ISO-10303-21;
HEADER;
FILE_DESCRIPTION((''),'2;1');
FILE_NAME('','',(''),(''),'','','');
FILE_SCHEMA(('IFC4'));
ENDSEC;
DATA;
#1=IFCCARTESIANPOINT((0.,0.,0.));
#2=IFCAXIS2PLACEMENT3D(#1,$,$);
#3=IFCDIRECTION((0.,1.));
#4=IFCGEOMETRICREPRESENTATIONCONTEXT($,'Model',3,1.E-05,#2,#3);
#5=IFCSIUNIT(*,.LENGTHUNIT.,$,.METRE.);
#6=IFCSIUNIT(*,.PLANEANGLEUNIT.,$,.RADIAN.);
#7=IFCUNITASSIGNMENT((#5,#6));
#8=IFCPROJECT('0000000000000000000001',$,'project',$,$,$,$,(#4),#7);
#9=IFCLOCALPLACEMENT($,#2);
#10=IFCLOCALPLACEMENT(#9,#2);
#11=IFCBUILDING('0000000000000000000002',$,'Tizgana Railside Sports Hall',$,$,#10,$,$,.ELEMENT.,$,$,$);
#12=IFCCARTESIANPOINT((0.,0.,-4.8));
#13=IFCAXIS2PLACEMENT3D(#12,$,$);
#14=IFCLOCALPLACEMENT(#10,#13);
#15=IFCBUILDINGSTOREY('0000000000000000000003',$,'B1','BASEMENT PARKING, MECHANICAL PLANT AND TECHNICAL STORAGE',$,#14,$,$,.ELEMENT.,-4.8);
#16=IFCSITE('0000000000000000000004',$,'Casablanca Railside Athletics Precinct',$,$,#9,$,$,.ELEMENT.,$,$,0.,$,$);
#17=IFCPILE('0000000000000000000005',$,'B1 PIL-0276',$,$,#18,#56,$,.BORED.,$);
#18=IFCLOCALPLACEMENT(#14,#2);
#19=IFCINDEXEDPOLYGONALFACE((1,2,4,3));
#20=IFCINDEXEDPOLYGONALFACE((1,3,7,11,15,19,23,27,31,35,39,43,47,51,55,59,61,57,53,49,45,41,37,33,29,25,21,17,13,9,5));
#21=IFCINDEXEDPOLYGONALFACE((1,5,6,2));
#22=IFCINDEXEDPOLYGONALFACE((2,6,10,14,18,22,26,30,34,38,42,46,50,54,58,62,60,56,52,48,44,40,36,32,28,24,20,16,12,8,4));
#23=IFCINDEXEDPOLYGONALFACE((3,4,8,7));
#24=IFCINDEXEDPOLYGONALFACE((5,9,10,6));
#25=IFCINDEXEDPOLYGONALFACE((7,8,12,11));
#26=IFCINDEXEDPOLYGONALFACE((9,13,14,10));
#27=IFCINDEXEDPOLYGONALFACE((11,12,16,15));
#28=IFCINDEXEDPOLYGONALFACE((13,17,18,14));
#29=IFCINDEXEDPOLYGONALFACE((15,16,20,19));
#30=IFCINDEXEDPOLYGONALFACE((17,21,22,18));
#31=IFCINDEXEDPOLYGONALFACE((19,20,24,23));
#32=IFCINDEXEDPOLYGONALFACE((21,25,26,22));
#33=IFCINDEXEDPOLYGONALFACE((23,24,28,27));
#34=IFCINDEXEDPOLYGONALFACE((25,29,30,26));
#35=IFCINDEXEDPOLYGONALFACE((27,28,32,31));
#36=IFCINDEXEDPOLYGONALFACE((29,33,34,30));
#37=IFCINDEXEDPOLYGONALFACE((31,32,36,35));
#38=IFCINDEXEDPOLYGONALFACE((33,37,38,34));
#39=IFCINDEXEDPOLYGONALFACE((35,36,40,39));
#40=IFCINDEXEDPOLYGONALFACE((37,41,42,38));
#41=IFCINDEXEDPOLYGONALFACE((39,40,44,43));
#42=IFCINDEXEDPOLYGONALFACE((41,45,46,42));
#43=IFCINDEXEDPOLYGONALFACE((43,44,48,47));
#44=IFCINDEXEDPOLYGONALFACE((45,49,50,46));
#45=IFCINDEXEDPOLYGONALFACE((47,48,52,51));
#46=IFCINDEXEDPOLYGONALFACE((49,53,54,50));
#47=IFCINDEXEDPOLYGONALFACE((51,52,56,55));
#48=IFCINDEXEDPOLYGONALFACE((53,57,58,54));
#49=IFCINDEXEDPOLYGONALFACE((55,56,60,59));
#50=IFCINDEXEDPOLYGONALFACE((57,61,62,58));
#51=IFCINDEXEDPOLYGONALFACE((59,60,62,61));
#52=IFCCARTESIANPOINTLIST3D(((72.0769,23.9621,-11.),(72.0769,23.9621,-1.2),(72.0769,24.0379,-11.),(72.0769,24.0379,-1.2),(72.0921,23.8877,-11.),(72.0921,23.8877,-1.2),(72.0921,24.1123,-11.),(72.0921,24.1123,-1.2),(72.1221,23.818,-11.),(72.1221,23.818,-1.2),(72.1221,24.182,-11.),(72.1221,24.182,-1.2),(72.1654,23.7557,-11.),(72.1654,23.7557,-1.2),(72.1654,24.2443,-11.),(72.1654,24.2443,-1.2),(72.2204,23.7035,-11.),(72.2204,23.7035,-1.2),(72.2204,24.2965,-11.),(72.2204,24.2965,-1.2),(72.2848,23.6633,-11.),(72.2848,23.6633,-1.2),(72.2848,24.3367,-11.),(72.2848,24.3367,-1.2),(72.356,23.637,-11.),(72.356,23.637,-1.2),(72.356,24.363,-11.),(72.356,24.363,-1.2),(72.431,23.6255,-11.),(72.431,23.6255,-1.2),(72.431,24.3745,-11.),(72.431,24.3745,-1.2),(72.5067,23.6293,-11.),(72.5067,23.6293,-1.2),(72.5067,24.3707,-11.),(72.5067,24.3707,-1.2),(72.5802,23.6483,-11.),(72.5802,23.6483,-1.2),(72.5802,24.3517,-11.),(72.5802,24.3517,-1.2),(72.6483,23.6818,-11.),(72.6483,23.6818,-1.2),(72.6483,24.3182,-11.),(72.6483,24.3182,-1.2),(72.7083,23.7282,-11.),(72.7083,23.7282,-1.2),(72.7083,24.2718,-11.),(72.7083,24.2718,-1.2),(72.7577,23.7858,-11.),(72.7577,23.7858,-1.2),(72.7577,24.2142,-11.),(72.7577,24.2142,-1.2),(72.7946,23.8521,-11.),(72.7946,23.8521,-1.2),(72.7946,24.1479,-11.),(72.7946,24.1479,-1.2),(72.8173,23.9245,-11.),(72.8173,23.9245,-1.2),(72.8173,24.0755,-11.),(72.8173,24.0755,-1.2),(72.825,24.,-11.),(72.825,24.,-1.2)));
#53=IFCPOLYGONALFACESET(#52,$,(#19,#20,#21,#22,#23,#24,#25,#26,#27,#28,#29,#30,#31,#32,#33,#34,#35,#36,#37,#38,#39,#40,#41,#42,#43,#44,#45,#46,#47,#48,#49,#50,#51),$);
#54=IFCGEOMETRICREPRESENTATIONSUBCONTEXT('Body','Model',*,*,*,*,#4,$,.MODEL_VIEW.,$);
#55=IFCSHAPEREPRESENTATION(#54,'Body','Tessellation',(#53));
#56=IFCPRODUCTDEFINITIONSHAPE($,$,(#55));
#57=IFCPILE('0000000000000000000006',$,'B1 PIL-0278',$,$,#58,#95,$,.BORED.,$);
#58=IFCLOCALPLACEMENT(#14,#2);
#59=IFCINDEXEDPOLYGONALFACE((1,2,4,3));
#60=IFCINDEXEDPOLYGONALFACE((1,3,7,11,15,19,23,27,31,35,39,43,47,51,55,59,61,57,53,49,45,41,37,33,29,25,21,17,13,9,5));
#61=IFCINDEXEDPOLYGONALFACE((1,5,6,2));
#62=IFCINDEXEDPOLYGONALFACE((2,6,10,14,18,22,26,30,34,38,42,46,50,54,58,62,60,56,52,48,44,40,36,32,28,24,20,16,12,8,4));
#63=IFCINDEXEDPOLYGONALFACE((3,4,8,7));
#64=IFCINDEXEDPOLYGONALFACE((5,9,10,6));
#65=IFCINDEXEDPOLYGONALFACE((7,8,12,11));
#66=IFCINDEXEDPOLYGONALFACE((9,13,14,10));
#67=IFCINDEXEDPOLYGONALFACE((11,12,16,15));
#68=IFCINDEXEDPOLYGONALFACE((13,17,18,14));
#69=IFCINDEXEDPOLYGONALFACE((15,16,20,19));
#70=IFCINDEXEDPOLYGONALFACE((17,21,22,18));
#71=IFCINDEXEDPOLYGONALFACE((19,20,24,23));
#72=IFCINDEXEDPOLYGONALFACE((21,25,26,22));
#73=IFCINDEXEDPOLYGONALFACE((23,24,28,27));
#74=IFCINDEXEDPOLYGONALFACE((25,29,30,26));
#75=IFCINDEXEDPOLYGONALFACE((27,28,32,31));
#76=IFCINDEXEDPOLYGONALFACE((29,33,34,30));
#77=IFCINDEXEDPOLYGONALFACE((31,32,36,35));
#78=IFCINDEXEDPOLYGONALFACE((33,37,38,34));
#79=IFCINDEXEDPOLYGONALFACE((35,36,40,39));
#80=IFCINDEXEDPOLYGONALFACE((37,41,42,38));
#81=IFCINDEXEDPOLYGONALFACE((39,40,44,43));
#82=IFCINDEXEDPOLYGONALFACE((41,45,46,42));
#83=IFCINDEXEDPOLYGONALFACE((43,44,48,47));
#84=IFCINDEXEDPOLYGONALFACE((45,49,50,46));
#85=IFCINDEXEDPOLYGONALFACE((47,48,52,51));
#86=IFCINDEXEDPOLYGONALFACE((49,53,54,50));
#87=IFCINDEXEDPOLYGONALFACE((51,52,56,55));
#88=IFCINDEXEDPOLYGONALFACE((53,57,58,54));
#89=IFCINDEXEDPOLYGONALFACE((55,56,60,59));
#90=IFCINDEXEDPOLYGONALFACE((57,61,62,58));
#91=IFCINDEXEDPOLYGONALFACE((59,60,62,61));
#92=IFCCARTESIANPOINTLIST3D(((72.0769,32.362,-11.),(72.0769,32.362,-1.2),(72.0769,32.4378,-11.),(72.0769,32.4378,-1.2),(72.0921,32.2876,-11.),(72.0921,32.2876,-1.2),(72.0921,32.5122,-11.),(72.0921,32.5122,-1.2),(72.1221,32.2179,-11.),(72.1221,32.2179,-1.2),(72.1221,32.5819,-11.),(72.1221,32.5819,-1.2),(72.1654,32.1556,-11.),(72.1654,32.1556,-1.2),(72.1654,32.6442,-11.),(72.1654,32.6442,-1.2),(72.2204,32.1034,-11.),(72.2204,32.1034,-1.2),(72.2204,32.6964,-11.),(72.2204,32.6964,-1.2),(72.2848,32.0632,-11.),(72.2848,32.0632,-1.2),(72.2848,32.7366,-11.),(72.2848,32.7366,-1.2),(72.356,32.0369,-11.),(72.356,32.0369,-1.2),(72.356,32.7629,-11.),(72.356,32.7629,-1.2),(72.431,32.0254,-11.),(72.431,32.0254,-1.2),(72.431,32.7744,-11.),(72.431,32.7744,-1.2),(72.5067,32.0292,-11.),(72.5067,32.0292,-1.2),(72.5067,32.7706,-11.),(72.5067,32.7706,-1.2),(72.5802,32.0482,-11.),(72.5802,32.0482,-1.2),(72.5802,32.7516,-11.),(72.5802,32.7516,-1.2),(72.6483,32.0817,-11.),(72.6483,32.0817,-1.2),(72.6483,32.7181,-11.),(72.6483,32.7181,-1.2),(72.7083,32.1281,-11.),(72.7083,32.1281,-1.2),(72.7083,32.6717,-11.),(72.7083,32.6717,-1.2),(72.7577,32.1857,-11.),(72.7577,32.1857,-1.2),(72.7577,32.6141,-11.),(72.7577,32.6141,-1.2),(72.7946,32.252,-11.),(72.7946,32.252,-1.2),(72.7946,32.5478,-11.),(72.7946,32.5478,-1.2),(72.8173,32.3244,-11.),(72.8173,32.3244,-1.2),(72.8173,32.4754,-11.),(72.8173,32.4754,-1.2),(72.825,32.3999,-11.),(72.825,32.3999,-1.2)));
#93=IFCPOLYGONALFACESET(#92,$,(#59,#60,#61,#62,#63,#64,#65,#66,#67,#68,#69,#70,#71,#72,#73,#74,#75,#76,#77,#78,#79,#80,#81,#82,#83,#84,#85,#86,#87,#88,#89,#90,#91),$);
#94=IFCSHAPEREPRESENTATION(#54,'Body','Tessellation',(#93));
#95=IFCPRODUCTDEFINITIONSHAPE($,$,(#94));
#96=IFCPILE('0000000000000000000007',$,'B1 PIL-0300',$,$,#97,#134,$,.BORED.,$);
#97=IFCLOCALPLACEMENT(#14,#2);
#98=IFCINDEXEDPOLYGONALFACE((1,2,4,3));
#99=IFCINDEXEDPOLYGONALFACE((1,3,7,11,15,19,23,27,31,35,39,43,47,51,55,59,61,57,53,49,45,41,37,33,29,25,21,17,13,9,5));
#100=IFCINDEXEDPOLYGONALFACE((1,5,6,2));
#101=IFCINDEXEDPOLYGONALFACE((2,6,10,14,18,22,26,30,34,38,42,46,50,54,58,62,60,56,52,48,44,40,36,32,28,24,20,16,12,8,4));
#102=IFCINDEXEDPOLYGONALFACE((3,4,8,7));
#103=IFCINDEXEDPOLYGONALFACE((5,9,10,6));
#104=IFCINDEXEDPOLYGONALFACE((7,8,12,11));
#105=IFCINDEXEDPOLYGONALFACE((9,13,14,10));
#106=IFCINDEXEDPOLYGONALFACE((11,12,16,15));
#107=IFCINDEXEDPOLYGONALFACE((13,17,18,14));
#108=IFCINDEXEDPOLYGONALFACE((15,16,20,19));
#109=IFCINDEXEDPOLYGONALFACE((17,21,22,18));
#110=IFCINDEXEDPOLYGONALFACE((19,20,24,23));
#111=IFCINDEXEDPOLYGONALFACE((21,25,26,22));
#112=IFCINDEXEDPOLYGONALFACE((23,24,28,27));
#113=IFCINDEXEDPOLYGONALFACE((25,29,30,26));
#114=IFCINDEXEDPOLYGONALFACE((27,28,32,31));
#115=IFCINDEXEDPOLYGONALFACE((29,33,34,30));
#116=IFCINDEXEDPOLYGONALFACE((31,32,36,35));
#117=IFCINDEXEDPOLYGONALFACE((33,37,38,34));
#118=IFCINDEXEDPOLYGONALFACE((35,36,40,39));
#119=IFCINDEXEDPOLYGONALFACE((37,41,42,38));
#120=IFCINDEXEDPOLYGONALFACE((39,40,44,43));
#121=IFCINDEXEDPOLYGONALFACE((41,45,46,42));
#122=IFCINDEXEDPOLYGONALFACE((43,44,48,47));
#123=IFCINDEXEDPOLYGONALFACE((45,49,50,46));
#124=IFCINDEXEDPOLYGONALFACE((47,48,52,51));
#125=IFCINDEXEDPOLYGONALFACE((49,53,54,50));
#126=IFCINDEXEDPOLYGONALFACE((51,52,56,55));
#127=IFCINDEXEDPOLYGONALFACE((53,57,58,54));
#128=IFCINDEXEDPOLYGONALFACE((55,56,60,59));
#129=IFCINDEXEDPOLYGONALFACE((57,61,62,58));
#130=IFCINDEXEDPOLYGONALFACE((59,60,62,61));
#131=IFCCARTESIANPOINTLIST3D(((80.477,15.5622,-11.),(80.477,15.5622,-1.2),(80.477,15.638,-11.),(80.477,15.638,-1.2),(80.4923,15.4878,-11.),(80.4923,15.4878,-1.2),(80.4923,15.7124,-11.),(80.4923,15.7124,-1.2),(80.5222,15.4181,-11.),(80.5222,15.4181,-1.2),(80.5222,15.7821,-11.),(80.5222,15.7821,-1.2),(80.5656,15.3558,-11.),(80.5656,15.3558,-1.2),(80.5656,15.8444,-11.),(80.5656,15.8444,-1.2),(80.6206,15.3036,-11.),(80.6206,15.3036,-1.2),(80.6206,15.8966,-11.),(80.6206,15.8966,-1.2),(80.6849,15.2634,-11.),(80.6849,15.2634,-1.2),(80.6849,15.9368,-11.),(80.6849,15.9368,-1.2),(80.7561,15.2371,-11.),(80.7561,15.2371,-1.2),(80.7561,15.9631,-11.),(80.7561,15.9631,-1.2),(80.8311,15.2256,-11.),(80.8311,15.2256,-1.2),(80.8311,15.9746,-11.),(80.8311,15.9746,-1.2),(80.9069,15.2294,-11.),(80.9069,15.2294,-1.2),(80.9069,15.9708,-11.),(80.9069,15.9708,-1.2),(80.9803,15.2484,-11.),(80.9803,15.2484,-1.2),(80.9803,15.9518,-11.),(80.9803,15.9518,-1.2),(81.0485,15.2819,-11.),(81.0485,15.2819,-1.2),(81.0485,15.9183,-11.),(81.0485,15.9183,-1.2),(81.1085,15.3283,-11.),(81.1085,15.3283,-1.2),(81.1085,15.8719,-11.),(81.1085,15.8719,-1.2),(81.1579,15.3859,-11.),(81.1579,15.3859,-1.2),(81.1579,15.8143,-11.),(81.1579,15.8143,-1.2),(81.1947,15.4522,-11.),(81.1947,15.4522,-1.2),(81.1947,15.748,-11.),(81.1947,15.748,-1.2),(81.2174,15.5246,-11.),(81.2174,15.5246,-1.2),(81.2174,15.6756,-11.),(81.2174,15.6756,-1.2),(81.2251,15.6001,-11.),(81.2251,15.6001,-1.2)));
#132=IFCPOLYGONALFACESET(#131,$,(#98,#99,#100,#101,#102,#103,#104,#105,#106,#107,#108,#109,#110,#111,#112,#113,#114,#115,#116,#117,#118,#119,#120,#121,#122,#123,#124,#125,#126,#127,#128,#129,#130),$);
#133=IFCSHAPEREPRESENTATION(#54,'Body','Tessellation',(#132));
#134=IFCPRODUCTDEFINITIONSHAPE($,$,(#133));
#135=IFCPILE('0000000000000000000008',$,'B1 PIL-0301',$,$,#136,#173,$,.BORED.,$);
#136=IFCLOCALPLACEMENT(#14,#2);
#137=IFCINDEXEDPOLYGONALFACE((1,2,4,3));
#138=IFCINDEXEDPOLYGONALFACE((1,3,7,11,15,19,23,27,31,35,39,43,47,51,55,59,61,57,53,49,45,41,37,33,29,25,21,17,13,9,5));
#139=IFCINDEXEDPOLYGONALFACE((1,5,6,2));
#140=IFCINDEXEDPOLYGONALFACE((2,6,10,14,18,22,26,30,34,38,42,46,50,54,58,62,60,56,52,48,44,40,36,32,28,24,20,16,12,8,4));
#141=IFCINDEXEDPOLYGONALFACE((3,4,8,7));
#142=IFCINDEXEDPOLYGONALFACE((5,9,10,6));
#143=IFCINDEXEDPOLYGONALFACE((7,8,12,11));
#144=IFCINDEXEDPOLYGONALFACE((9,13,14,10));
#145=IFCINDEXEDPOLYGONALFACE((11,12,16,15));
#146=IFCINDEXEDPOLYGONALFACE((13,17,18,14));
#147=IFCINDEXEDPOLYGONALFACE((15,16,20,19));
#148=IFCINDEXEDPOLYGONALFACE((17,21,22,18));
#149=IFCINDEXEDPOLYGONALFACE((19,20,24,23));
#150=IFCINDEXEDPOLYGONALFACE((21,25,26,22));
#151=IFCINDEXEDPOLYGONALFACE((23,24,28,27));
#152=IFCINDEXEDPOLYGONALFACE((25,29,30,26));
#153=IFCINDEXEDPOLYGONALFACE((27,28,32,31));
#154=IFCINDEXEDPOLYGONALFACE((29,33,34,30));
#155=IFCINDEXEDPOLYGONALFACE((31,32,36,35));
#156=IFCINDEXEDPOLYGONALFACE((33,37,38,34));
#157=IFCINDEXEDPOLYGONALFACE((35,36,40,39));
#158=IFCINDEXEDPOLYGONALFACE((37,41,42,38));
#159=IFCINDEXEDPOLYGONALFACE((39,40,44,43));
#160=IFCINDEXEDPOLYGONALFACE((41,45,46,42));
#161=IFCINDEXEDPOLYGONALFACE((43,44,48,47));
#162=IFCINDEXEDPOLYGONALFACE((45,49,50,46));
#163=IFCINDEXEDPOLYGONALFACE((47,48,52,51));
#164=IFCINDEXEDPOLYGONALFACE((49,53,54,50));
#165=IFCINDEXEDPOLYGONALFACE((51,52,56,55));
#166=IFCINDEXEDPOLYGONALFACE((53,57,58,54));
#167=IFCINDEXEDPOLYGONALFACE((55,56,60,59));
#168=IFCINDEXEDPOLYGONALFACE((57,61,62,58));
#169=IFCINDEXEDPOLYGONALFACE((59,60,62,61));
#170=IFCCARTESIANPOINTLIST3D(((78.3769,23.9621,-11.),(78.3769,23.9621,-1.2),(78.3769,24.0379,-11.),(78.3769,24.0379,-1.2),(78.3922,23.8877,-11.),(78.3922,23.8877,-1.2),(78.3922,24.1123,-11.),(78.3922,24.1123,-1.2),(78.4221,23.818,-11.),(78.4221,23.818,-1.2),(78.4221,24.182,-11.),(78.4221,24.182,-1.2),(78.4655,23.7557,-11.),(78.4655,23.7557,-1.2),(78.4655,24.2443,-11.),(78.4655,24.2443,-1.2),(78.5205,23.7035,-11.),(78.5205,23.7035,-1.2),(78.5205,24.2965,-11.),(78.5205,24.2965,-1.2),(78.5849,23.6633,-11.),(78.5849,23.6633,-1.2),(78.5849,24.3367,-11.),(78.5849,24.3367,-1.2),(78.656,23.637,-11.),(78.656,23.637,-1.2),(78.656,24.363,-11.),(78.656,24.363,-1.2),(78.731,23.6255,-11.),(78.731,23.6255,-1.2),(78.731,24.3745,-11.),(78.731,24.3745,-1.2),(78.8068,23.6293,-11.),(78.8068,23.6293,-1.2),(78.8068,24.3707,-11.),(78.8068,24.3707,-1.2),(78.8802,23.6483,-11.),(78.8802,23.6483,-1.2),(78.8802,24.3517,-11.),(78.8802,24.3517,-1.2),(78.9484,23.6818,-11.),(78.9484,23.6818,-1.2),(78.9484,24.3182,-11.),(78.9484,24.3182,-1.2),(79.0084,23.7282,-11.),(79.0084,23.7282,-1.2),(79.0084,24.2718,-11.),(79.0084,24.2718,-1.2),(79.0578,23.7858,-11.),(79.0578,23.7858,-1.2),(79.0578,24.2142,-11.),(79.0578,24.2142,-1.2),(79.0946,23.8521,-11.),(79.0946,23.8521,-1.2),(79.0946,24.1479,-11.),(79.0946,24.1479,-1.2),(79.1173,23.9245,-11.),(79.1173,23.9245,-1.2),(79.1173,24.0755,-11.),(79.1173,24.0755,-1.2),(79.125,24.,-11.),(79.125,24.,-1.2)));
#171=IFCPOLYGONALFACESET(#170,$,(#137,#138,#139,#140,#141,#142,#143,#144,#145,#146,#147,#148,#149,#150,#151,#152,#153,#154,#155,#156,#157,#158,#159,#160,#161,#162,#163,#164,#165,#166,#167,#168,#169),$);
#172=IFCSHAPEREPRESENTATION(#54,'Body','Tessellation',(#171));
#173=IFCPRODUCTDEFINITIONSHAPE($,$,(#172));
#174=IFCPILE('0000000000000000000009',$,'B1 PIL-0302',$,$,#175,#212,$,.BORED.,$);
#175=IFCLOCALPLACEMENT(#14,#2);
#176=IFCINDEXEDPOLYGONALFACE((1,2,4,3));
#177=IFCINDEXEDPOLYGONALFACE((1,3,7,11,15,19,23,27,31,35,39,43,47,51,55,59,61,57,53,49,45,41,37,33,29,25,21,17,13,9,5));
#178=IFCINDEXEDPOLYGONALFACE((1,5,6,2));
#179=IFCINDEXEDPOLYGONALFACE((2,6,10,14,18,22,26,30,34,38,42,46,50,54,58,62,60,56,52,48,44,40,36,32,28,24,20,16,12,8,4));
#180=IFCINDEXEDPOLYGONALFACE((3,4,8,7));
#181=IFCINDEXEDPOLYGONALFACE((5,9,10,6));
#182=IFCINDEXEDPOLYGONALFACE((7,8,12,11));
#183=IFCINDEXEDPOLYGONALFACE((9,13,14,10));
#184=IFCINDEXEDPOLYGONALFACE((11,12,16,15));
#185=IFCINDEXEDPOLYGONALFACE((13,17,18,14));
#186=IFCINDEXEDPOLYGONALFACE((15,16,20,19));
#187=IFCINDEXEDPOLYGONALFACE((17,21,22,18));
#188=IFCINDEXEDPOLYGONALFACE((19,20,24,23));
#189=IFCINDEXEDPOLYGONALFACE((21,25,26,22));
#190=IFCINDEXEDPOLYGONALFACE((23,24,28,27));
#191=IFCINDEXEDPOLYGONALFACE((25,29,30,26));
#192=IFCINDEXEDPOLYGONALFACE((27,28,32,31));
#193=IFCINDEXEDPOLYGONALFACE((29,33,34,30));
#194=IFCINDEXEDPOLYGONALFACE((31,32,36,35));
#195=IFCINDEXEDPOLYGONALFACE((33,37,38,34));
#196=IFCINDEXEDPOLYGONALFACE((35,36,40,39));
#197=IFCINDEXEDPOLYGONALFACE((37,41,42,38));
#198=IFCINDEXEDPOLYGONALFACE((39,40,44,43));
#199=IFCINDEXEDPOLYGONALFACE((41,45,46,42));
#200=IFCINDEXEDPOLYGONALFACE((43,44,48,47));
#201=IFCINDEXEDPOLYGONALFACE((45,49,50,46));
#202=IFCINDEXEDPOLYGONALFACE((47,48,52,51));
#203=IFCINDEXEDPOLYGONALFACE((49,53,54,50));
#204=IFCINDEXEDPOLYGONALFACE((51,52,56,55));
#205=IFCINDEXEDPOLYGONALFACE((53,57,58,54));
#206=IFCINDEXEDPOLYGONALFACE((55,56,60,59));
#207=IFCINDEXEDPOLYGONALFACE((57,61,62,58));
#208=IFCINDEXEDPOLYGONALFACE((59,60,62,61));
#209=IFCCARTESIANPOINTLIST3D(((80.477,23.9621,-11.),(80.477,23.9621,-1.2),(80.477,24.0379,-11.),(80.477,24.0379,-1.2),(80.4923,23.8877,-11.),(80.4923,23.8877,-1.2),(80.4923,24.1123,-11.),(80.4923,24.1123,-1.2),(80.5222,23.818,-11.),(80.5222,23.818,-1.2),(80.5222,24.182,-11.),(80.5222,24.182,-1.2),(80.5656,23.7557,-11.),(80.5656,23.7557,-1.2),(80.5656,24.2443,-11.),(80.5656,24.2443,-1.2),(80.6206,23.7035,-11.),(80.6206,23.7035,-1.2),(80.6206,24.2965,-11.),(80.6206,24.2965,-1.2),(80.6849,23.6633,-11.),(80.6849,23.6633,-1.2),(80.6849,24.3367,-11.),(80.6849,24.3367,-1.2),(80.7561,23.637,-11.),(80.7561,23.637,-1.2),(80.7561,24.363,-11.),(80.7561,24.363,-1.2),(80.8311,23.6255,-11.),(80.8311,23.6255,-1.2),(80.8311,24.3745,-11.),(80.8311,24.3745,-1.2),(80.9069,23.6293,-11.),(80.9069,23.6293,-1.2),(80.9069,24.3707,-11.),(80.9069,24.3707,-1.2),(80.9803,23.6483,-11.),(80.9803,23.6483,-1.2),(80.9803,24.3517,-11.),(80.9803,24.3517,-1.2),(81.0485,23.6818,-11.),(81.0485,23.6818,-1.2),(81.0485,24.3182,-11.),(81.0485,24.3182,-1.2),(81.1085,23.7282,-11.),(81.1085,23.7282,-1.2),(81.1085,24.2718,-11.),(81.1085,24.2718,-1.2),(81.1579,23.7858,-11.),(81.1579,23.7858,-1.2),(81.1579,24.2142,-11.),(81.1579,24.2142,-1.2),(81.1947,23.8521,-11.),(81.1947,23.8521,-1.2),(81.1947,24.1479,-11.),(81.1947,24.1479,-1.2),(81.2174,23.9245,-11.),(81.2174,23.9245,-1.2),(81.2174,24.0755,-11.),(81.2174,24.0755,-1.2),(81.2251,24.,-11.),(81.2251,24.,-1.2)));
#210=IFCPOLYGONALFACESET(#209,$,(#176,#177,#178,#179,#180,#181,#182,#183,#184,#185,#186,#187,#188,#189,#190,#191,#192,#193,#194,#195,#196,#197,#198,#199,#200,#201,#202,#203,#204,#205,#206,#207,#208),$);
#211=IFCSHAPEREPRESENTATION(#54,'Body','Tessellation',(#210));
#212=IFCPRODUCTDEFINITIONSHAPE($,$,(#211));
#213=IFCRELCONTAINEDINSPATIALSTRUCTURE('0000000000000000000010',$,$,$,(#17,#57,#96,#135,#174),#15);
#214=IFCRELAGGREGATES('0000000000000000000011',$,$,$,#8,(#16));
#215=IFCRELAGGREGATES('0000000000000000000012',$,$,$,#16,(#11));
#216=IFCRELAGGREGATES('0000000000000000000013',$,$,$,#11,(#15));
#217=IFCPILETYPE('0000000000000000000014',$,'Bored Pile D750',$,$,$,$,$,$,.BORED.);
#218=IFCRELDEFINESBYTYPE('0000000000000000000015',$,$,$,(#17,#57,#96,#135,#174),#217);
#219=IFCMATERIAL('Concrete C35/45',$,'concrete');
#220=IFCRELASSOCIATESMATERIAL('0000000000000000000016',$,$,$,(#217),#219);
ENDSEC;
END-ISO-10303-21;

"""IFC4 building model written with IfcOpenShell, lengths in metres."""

from ifc_helpers import new_model, si_unit, direction, frame, origin, origin_2d, place, context, subcontext, project, spatial, circle, extrude, material, material_profile, profile_set, type_object, element, save


model = new_model("IFC4")

# Units and contexts
model_context = context("Model", 3, precision=1e-05, world=origin(), true_north=direction((0.0, 1.0)))
body_context = subcontext(model_context, "Body", "Model", "MODEL_VIEW")
ifc_project = project(units=[si_unit("LENGTHUNIT", "METRE"), si_unit("PLANEANGLEUNIT", "RADIAN")], contexts=[model_context])

# Site, building, storey
site_placement = place(None, origin())
site = spatial("IfcSite", under=ifc_project, at=site_placement, Name="Casablanca Railside Athletics Precinct", CompositionType="ELEMENT", RefElevation=0.0)
building_placement = place(site_placement, origin())
building = spatial("IfcBuilding", under=site, at=building_placement, Name="Tizgana Railside Sports Hall", CompositionType="ELEMENT")
storey_placement = place(building_placement, frame((0.0, 0.0, -4.8)))
storey = spatial("IfcBuildingStorey", under=building, at=storey_placement, Name="B1", Description="BASEMENT PARKING, MECHANICAL PLANT AND TECHNICAL STORAGE", CompositionType="ELEMENT", Elevation=-4.8)

# Piles
ifc_material_1 = material(Name="Concrete C35/45", Category="concrete")
ifc_material_profile_1 = material_profile(ifc_material_1, circle(Radius=0.375, at=origin_2d()), Name="PILE D750")
ifc_profile_set_1 = profile_set([ifc_material_profile_1], Name="Concrete C35/45")
pile_type = type_object("IfcPileType", Name="Bored Pile D750", PredefinedType="BORED", material=ifc_profile_set_1)
for number, where, z_axis, x_axis, name in (
    (1, (72.45, 24.0, -1.2), (0.0, 0.0, -1.0), (1.0, 0.0, 0.0), "B1 PIL-0276"),
    (2, (72.45, 32.3999, -1.2), (0.0, 0.0, -1.0), (1.0, 0.0, 0.0), "B1 PIL-0278"),
    (3, (80.8501, 15.6001, -1.2), (0.0, 0.0, -1.0), (1.0, 0.0, 0.0), "B1 PIL-0300"),
    (4, (78.75, 24.0, -1.2), (0.0, 0.0, -1.0), (1.0, 0.0, 0.0), "B1 PIL-0301"),
    (5, (80.8501, 24.0, -1.2), (0.0, 0.0, -1.0), (1.0, 0.0, 0.0), "B1 PIL-0302"),
):
    element("IfcPile", number, at=place(storey_placement, frame(where, z_axis=z_axis, x_axis=x_axis)), inside=storey, type_object=pile_type, Name=name, PredefinedType="BORED", context=body_context, shape_type="SweptSolid", body=[
        extrude(circle(Radius=0.375, at=origin_2d()), origin(), (0.0, 0.0, 1.0), 9.8),
    ])

save(model, "model.ifc")
